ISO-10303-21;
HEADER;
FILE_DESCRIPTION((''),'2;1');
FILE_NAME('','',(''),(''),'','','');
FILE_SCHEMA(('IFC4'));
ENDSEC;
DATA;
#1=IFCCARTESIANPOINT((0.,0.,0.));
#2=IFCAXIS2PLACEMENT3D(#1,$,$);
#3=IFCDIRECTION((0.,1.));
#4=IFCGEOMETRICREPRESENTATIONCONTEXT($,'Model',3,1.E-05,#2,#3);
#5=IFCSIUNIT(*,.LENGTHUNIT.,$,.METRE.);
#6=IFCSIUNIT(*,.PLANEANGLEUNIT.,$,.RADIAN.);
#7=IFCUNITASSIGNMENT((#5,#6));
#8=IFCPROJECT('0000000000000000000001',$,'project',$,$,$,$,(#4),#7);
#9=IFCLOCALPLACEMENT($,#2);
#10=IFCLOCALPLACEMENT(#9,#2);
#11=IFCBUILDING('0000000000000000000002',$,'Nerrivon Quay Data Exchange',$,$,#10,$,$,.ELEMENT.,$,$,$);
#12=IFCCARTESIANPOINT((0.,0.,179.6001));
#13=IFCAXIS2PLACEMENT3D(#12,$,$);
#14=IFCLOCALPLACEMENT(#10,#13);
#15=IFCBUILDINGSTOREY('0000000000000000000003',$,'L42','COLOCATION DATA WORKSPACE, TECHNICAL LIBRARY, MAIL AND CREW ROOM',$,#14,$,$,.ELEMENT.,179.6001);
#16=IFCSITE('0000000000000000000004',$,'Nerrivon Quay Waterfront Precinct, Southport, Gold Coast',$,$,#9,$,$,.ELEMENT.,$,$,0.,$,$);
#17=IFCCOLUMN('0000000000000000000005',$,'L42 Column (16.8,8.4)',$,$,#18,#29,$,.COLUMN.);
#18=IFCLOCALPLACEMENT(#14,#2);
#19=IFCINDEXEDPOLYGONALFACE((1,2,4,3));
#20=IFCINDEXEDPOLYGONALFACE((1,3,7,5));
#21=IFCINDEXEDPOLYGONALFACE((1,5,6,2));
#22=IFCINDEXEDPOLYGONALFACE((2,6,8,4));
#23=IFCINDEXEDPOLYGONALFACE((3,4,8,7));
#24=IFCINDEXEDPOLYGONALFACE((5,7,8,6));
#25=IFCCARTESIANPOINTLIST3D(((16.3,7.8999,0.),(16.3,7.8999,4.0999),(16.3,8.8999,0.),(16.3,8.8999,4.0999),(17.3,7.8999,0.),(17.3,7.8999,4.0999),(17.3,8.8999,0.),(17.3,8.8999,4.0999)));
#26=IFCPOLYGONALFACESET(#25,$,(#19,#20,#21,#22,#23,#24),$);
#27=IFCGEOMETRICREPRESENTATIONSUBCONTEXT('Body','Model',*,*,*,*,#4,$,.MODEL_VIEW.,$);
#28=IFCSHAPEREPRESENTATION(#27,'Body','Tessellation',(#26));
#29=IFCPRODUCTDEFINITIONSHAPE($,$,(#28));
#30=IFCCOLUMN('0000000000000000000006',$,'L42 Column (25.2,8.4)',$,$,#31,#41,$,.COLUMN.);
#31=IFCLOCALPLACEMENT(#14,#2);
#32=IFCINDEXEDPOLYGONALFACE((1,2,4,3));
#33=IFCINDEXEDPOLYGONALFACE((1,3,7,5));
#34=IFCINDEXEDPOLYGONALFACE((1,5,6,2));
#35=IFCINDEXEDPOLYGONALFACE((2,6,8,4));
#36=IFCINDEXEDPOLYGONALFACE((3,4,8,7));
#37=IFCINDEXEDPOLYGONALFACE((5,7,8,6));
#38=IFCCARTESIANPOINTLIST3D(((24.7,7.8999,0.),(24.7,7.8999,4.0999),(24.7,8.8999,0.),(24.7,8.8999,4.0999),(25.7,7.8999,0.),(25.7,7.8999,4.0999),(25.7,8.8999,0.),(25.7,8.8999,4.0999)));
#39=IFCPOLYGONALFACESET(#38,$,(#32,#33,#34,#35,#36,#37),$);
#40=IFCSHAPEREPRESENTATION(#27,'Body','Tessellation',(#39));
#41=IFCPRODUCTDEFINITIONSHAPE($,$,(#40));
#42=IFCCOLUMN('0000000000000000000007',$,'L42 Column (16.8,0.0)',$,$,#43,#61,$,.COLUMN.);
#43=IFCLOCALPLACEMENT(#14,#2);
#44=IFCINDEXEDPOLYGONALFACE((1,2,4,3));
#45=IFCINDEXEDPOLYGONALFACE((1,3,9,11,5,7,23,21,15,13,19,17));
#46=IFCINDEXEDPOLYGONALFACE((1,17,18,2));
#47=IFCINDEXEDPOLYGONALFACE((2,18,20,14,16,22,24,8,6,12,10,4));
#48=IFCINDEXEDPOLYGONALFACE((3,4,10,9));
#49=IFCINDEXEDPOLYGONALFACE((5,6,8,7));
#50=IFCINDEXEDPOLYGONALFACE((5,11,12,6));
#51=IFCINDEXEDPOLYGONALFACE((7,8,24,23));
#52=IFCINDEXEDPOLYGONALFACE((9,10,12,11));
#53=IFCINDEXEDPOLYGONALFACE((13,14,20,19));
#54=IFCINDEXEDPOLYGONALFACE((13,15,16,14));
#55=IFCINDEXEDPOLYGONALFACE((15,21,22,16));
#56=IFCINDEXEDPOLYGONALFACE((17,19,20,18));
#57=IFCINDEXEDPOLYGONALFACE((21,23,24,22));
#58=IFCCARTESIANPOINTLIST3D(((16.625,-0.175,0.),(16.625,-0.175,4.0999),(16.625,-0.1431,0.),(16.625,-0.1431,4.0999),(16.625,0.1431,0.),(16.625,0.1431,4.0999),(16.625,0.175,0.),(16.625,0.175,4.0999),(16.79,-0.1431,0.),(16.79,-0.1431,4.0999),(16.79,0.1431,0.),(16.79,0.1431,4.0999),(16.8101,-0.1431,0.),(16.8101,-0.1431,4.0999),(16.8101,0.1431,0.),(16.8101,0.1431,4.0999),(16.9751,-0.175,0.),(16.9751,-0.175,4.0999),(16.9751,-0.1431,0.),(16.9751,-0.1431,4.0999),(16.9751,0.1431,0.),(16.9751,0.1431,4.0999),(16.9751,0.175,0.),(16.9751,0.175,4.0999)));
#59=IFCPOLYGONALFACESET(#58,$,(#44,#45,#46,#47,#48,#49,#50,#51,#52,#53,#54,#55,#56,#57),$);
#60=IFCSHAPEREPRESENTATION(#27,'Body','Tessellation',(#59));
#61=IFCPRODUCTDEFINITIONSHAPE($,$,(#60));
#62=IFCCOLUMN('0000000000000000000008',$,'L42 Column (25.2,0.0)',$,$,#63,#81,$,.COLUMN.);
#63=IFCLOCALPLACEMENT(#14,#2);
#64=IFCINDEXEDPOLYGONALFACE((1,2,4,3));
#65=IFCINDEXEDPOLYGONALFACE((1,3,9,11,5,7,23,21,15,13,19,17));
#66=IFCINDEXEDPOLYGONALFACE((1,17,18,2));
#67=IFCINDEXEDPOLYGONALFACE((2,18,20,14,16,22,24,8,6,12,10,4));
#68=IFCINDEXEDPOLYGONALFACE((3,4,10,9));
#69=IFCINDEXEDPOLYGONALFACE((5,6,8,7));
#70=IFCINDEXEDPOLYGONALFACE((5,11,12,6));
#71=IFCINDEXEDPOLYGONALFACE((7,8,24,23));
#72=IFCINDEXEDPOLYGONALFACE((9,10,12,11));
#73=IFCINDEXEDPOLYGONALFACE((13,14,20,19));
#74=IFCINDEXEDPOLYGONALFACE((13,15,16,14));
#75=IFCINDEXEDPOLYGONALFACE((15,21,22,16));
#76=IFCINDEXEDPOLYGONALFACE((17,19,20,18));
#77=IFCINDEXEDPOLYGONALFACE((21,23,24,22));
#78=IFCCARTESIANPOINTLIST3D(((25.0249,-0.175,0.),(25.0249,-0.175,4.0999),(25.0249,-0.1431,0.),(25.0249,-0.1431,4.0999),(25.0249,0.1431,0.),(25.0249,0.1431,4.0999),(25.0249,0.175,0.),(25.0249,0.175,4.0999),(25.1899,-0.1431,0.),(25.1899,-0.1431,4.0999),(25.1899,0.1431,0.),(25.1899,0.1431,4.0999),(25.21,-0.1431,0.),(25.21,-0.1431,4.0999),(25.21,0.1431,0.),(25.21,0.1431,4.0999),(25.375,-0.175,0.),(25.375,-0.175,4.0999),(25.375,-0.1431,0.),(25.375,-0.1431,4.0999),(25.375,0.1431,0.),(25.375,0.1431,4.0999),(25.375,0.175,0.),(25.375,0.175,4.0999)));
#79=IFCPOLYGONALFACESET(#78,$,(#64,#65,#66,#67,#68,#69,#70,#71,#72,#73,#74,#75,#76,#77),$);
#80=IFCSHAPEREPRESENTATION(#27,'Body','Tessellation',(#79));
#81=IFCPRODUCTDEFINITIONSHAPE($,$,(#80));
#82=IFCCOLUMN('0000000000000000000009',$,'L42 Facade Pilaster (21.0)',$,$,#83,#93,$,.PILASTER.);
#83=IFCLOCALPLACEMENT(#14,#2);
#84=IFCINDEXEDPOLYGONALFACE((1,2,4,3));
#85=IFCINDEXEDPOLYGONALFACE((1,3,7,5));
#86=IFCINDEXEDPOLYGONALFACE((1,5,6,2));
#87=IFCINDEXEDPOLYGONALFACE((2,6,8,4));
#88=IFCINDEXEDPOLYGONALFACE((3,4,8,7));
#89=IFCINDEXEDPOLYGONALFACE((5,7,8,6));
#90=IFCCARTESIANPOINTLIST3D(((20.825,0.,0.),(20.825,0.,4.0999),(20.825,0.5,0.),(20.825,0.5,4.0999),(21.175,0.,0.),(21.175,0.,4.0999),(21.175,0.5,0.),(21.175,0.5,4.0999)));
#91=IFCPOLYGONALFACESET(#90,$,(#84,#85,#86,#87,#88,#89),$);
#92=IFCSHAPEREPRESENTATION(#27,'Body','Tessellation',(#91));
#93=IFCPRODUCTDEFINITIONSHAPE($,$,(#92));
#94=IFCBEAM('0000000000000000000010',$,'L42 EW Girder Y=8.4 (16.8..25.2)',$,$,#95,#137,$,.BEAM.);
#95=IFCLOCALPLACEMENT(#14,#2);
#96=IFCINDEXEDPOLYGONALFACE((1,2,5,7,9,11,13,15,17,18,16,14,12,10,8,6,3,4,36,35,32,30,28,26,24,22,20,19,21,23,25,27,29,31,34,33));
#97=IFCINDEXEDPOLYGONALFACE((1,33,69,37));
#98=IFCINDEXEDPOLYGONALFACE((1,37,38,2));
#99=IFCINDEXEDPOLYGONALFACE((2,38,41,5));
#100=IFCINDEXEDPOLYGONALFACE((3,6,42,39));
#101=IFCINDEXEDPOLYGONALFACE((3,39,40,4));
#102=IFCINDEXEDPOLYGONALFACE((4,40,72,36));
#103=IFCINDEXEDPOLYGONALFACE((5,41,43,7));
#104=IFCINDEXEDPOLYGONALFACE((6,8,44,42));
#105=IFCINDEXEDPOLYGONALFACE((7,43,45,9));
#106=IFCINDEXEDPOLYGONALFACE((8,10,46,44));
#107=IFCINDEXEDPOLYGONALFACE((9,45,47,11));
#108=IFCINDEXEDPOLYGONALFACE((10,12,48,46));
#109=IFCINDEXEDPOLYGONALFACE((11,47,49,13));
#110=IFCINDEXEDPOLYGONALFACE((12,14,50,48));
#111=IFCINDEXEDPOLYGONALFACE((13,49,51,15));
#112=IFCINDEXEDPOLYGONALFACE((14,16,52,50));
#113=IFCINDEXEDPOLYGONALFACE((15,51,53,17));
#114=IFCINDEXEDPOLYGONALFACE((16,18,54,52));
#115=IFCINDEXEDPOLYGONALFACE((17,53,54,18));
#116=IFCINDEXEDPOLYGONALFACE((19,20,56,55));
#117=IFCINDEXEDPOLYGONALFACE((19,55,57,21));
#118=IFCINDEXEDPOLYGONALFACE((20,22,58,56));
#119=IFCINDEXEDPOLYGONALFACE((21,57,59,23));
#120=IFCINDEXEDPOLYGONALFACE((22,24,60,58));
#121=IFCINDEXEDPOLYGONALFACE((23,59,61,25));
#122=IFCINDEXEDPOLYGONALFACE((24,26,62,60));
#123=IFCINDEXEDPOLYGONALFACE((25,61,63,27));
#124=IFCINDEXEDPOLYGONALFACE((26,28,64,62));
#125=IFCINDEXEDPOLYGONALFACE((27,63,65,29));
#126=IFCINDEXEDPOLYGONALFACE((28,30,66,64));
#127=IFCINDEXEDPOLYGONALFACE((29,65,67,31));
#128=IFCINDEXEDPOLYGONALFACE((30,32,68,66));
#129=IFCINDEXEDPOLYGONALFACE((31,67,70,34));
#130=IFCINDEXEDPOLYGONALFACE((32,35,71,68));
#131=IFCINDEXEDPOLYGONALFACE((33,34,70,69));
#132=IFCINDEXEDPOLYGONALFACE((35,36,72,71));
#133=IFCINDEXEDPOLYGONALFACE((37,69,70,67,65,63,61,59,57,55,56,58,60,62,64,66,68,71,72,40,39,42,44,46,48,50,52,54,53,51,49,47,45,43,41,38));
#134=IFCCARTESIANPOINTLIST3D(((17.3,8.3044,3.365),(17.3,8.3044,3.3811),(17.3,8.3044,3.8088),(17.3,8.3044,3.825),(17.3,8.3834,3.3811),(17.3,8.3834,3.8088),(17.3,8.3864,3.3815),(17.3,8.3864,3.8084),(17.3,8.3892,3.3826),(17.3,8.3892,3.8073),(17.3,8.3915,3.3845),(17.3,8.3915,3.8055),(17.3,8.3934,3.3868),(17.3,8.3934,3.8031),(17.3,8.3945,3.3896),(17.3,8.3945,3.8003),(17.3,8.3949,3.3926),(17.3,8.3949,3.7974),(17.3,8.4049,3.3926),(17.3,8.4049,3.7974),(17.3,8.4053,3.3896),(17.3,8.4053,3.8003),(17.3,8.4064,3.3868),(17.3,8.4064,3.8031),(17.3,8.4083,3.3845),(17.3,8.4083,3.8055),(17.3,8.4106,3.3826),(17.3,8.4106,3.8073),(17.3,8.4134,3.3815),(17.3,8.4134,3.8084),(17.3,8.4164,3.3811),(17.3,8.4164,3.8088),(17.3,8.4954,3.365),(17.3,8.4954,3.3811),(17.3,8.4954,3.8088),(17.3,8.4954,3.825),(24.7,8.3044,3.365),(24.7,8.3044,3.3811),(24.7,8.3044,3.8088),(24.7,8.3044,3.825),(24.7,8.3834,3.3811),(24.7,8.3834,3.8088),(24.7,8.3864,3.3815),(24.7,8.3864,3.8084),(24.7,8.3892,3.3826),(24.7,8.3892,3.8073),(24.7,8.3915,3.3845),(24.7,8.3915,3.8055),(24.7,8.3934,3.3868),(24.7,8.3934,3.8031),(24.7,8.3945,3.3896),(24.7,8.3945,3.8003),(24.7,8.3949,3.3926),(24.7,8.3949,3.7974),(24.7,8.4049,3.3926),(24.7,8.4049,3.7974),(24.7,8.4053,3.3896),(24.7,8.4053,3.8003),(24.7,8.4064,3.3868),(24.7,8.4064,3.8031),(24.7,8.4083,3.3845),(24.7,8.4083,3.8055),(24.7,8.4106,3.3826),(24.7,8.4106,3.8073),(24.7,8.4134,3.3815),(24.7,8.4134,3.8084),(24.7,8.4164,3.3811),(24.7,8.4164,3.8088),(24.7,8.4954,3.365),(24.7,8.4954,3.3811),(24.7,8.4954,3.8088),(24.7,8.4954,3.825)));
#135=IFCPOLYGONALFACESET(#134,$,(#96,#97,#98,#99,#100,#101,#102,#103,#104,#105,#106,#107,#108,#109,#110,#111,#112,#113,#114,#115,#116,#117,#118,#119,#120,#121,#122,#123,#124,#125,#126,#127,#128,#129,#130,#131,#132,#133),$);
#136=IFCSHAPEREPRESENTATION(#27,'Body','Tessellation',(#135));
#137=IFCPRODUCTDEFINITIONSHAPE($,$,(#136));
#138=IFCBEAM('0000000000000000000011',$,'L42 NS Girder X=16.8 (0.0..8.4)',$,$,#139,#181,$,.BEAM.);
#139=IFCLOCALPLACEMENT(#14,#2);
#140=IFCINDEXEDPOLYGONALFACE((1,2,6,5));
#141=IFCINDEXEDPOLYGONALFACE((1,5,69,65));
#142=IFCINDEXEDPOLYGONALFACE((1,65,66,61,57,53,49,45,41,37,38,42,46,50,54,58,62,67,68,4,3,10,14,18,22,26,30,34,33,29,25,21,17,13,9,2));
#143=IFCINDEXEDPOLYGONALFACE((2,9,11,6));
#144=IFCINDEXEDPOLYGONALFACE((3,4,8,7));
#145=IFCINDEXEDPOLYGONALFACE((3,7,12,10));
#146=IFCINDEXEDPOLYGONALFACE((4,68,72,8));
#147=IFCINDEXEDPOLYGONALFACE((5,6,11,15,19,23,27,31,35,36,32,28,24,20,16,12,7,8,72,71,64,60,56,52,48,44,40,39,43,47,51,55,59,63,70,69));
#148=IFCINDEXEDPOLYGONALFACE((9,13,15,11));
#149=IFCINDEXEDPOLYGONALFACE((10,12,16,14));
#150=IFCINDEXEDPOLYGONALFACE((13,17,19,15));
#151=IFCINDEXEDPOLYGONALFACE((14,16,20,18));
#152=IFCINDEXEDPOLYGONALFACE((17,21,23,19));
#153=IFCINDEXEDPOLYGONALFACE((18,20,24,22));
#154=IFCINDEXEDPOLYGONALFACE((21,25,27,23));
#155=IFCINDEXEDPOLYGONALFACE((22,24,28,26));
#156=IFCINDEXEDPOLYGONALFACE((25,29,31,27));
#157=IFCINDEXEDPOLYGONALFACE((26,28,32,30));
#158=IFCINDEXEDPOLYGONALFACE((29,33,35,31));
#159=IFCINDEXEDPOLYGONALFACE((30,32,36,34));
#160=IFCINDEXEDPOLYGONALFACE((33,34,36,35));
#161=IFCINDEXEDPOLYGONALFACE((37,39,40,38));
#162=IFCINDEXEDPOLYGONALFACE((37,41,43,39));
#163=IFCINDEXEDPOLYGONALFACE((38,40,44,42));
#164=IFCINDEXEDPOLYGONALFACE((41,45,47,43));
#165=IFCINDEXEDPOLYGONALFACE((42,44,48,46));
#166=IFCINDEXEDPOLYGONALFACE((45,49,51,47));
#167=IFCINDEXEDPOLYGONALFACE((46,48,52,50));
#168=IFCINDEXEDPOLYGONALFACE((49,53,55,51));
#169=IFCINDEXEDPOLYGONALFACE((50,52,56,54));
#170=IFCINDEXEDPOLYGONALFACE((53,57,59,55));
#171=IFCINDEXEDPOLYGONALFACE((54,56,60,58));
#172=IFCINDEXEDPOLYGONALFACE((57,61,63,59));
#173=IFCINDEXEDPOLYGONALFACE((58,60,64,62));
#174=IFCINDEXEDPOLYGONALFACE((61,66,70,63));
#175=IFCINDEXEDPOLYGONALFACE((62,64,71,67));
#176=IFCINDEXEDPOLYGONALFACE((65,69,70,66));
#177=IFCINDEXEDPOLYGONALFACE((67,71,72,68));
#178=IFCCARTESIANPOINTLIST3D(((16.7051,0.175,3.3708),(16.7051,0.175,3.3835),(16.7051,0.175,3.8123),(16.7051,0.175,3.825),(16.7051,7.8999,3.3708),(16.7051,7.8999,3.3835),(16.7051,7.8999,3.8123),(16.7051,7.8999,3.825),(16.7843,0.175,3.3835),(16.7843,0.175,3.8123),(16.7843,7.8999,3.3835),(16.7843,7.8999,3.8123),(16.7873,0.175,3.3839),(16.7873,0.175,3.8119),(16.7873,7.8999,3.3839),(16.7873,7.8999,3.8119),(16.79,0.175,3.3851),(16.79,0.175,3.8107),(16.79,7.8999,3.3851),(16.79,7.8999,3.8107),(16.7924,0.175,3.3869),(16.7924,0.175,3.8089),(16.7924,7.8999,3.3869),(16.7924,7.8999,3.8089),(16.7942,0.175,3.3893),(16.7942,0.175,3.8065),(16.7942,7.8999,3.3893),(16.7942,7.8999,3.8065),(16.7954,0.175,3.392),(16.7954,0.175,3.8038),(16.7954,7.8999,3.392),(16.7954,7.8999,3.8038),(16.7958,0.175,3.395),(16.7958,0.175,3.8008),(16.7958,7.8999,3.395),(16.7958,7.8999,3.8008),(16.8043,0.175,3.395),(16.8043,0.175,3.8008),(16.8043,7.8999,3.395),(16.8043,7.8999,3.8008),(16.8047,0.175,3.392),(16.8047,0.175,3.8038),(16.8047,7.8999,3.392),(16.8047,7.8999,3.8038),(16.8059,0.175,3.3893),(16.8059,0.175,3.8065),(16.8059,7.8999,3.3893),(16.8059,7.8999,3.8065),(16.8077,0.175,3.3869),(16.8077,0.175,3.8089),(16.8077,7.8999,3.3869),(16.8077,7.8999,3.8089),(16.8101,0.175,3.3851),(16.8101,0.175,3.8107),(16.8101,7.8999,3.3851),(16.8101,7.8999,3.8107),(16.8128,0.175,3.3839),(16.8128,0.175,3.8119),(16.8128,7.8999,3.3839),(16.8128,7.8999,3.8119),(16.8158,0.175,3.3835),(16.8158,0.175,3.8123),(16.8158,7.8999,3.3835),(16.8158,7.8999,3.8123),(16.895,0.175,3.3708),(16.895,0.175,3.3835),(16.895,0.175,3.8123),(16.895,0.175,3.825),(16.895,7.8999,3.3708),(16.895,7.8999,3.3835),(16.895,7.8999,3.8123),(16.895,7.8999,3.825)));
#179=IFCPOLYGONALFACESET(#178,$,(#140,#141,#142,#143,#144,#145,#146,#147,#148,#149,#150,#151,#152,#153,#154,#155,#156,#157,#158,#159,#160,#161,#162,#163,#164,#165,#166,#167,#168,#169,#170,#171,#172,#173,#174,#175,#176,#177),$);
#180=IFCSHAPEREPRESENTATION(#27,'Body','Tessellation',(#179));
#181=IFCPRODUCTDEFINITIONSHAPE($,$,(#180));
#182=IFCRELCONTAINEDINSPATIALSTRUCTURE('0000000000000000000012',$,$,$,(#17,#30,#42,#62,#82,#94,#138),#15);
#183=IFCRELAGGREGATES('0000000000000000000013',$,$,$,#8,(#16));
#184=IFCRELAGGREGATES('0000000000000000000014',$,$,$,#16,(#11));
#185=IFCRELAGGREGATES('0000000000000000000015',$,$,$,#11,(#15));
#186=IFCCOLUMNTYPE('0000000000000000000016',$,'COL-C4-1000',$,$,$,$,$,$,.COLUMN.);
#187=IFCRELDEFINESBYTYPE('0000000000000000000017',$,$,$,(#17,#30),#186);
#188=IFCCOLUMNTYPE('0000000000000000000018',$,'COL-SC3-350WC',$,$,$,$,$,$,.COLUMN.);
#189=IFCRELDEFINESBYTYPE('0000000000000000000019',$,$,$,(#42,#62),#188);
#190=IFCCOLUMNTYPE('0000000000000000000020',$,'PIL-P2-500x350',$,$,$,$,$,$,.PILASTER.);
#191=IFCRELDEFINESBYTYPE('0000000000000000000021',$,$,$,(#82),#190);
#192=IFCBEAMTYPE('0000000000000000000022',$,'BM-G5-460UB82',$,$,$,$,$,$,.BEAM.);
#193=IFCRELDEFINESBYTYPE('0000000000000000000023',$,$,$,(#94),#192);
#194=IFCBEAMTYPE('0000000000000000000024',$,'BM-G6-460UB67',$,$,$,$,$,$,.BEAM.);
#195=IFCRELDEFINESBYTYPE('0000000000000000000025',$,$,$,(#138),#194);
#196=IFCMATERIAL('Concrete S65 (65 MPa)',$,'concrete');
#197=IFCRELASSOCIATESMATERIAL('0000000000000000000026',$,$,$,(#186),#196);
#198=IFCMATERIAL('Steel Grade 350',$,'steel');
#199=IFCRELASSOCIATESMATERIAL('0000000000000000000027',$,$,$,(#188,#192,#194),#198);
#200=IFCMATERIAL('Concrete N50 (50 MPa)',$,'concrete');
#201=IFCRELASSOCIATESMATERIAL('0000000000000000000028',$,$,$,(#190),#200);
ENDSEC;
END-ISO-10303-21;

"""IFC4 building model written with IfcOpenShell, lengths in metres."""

from ifc_helpers import new_model, si_unit, direction, frame, origin, origin_2d, place, context, subcontext, project, spatial, rectangle, i_section, extrude, material, material_profile, profile_set, type_object, element, save


model = new_model("IFC4")

# Units and contexts
model_context = context("Model", 3, precision=1e-05, world=origin(), true_north=direction((0.0, 1.0)))
body_context = subcontext(model_context, "Body", "Model", "MODEL_VIEW")
ifc_project = project(units=[si_unit("LENGTHUNIT", "METRE"), si_unit("PLANEANGLEUNIT", "RADIAN")], contexts=[model_context])

# Site, building, storey
site_placement = place(None, origin())
site = spatial("IfcSite", under=ifc_project, at=site_placement, Name="Nerrivon Quay Waterfront Precinct, Southport, Gold Coast", CompositionType="ELEMENT", RefElevation=0.0)
building_placement = place(site_placement, origin())
building = spatial("IfcBuilding", under=site, at=building_placement, Name="Nerrivon Quay Data Exchange", CompositionType="ELEMENT")
storey_placement = place(building_placement, frame((0.0, 0.0, 179.6001)))
storey = spatial("IfcBuildingStorey", under=building, at=storey_placement, Name="L42", Description="COLOCATION DATA WORKSPACE, TECHNICAL LIBRARY, MAIL AND CREW ROOM", CompositionType="ELEMENT", Elevation=179.6001)

# Columns
ifc_material_1 = material(Name="Concrete S65 (65 MPa)", Category="concrete")
ifc_material_profile_1 = material_profile(ifc_material_1, rectangle(XDim=1.0, YDim=1.0, at=origin_2d()), Name="RC-COL-1000x1000")
ifc_profile_set_1 = profile_set([ifc_material_profile_1], Name="Concrete S65 (65 MPa)")
column_type_1 = type_object("IfcColumnType", Name="COL-C4-1000", PredefinedType="COLUMN", material=ifc_profile_set_1)
for number, where, z_axis, x_axis, name in (
    (1, (16.8, 8.3999, 0.0), (0.0, 0.0, 1.0), (1.0, 0.0, 0.0), "L42 Column (16.8,8.4)"),
    (2, (25.2, 8.3999, 0.0), (0.0, 0.0, 1.0), (1.0, 0.0, 0.0), "L42 Column (25.2,8.4)"),
):
    element("IfcColumn", number, at=place(storey_placement, frame(where, z_axis=z_axis, x_axis=x_axis)), inside=storey, type_object=column_type_1, Name=name, PredefinedType="COLUMN", context=body_context, shape_type="SweptSolid", body=[
        extrude(rectangle(XDim=1.0, YDim=1.0, at=origin_2d()), origin(), (0.0, 0.0, 1.0), 4.0999),
    ])
ifc_material_2 = material(Name="Steel Grade 350", Category="steel")
ifc_material_profile_2 = material_profile(ifc_material_2, i_section(OverallWidth=0.3501, OverallDepth=0.3501, WebThickness=0.02, FlangeThickness=0.032, at=origin_2d()), Name="350WC230")
ifc_profile_set_2 = profile_set([ifc_material_profile_2], Name="Steel Grade 350")
column_type_2 = type_object("IfcColumnType", Name="COL-SC3-350WC", PredefinedType="COLUMN", material=ifc_profile_set_2)
for number, where, z_axis, x_axis, name in (
    (3, (16.8, 0.0, 0.0), (0.0, 0.0, 1.0), (1.0, 0.0, 0.0), "L42 Column (16.8,0.0)"),
    (4, (25.2, 0.0, 0.0), (0.0, 0.0, 1.0), (1.0, 0.0, 0.0), "L42 Column (25.2,0.0)"),
):
    element("IfcColumn", number, at=place(storey_placement, frame(where, z_axis=z_axis, x_axis=x_axis)), inside=storey, type_object=column_type_2, Name=name, PredefinedType="COLUMN", context=body_context, shape_type="SweptSolid", body=[
        extrude(i_section(OverallWidth=0.3501, OverallDepth=0.3501, WebThickness=0.02, FlangeThickness=0.032, at=origin_2d()), origin(), (0.0, 0.0, 1.0), 4.0999),
    ])
ifc_material_3 = material(Name="Concrete N50 (50 MPa)", Category="concrete")
ifc_material_profile_3 = material_profile(ifc_material_3, rectangle(XDim=0.3501, YDim=0.5, at=origin_2d()), Name="RC-PIL-500x350")
ifc_profile_set_3 = profile_set([ifc_material_profile_3], Name="Concrete N50 (50 MPa)")
column_type_3 = type_object("IfcColumnType", Name="PIL-P2-500x350", PredefinedType="PILASTER", material=ifc_profile_set_3)
column_placement = place(storey_placement, frame((21.0, 0.25, 0.0), z_axis=(0.0, 0.0, 1.0), x_axis=(1.0, 0.0, 0.0)))
element("IfcColumn", 5, at=column_placement, inside=storey, type_object=column_type_3, Name="L42 Facade Pilaster (21.0)", PredefinedType="PILASTER", context=body_context, shape_type="SweptSolid", body=[
    extrude(rectangle(XDim=0.3501, YDim=0.5, at=origin_2d()), origin(), (0.0, 0.0, 1.0), 4.0999),
])

# Beams
ifc_material_profile_4 = material_profile(ifc_material_2, i_section(OverallWidth=0.1909, OverallDepth=0.46, WebThickness=0.01, FlangeThickness=0.0161, FilletRadius=0.0115, at=origin_2d()), Name="460UB82.1")
ifc_profile_set_4 = profile_set([ifc_material_profile_4], Name="Steel Grade 350")
beam_type_1 = type_object("IfcBeamType", Name="BM-G5-460UB82", PredefinedType="BEAM", material=ifc_profile_set_4)
beam_1_placement = place(storey_placement, frame((17.3, 8.3999, 3.595), z_axis=(1.0, 0.0, 0.0), x_axis=(0.0, 1.0, 0.0)))
element("IfcBeam", 6, at=beam_1_placement, inside=storey, type_object=beam_type_1, Name="L42 EW Girder Y=8.4 (16.8..25.2)", PredefinedType="BEAM", context=body_context, shape_type="SweptSolid", body=[
    extrude(i_section(OverallWidth=0.1909, OverallDepth=0.46, WebThickness=0.01, FlangeThickness=0.0161, FilletRadius=0.0115, at=origin_2d()), origin(), (0.0, 0.0, 1.0), 7.3999),
])
ifc_material_profile_5 = material_profile(ifc_material_2, i_section(OverallWidth=0.1899, OverallDepth=0.4541, WebThickness=0.0085, FlangeThickness=0.0127, FilletRadius=0.0115, at=origin_2d()), Name="460UB67.1")
ifc_profile_set_5 = profile_set([ifc_material_profile_5], Name="Steel Grade 350")
beam_type_2 = type_object("IfcBeamType", Name="BM-G6-460UB67", PredefinedType="BEAM", material=ifc_profile_set_5)
for number, where, z_axis, x_axis, name in (
    (7, (16.8, 0.175, 3.5979), (0.0, 1.0, 0.0), (-1.0, 0.0, 0.0), "L42 NS Girder X=16.8 (0.0..8.4)"),
):
    element("IfcBeam", number, at=place(storey_placement, frame(where, z_axis=z_axis, x_axis=x_axis)), inside=storey, type_object=beam_type_2, Name=name, PredefinedType="BEAM", context=body_context, shape_type="SweptSolid", body=[
        extrude(i_section(OverallWidth=0.1899, OverallDepth=0.4541, WebThickness=0.0085, FlangeThickness=0.0127, FilletRadius=0.0115, at=origin_2d()), origin(), (0.0, 0.0, 1.0), 7.7249),
    ])

save(model, "model.ifc")
